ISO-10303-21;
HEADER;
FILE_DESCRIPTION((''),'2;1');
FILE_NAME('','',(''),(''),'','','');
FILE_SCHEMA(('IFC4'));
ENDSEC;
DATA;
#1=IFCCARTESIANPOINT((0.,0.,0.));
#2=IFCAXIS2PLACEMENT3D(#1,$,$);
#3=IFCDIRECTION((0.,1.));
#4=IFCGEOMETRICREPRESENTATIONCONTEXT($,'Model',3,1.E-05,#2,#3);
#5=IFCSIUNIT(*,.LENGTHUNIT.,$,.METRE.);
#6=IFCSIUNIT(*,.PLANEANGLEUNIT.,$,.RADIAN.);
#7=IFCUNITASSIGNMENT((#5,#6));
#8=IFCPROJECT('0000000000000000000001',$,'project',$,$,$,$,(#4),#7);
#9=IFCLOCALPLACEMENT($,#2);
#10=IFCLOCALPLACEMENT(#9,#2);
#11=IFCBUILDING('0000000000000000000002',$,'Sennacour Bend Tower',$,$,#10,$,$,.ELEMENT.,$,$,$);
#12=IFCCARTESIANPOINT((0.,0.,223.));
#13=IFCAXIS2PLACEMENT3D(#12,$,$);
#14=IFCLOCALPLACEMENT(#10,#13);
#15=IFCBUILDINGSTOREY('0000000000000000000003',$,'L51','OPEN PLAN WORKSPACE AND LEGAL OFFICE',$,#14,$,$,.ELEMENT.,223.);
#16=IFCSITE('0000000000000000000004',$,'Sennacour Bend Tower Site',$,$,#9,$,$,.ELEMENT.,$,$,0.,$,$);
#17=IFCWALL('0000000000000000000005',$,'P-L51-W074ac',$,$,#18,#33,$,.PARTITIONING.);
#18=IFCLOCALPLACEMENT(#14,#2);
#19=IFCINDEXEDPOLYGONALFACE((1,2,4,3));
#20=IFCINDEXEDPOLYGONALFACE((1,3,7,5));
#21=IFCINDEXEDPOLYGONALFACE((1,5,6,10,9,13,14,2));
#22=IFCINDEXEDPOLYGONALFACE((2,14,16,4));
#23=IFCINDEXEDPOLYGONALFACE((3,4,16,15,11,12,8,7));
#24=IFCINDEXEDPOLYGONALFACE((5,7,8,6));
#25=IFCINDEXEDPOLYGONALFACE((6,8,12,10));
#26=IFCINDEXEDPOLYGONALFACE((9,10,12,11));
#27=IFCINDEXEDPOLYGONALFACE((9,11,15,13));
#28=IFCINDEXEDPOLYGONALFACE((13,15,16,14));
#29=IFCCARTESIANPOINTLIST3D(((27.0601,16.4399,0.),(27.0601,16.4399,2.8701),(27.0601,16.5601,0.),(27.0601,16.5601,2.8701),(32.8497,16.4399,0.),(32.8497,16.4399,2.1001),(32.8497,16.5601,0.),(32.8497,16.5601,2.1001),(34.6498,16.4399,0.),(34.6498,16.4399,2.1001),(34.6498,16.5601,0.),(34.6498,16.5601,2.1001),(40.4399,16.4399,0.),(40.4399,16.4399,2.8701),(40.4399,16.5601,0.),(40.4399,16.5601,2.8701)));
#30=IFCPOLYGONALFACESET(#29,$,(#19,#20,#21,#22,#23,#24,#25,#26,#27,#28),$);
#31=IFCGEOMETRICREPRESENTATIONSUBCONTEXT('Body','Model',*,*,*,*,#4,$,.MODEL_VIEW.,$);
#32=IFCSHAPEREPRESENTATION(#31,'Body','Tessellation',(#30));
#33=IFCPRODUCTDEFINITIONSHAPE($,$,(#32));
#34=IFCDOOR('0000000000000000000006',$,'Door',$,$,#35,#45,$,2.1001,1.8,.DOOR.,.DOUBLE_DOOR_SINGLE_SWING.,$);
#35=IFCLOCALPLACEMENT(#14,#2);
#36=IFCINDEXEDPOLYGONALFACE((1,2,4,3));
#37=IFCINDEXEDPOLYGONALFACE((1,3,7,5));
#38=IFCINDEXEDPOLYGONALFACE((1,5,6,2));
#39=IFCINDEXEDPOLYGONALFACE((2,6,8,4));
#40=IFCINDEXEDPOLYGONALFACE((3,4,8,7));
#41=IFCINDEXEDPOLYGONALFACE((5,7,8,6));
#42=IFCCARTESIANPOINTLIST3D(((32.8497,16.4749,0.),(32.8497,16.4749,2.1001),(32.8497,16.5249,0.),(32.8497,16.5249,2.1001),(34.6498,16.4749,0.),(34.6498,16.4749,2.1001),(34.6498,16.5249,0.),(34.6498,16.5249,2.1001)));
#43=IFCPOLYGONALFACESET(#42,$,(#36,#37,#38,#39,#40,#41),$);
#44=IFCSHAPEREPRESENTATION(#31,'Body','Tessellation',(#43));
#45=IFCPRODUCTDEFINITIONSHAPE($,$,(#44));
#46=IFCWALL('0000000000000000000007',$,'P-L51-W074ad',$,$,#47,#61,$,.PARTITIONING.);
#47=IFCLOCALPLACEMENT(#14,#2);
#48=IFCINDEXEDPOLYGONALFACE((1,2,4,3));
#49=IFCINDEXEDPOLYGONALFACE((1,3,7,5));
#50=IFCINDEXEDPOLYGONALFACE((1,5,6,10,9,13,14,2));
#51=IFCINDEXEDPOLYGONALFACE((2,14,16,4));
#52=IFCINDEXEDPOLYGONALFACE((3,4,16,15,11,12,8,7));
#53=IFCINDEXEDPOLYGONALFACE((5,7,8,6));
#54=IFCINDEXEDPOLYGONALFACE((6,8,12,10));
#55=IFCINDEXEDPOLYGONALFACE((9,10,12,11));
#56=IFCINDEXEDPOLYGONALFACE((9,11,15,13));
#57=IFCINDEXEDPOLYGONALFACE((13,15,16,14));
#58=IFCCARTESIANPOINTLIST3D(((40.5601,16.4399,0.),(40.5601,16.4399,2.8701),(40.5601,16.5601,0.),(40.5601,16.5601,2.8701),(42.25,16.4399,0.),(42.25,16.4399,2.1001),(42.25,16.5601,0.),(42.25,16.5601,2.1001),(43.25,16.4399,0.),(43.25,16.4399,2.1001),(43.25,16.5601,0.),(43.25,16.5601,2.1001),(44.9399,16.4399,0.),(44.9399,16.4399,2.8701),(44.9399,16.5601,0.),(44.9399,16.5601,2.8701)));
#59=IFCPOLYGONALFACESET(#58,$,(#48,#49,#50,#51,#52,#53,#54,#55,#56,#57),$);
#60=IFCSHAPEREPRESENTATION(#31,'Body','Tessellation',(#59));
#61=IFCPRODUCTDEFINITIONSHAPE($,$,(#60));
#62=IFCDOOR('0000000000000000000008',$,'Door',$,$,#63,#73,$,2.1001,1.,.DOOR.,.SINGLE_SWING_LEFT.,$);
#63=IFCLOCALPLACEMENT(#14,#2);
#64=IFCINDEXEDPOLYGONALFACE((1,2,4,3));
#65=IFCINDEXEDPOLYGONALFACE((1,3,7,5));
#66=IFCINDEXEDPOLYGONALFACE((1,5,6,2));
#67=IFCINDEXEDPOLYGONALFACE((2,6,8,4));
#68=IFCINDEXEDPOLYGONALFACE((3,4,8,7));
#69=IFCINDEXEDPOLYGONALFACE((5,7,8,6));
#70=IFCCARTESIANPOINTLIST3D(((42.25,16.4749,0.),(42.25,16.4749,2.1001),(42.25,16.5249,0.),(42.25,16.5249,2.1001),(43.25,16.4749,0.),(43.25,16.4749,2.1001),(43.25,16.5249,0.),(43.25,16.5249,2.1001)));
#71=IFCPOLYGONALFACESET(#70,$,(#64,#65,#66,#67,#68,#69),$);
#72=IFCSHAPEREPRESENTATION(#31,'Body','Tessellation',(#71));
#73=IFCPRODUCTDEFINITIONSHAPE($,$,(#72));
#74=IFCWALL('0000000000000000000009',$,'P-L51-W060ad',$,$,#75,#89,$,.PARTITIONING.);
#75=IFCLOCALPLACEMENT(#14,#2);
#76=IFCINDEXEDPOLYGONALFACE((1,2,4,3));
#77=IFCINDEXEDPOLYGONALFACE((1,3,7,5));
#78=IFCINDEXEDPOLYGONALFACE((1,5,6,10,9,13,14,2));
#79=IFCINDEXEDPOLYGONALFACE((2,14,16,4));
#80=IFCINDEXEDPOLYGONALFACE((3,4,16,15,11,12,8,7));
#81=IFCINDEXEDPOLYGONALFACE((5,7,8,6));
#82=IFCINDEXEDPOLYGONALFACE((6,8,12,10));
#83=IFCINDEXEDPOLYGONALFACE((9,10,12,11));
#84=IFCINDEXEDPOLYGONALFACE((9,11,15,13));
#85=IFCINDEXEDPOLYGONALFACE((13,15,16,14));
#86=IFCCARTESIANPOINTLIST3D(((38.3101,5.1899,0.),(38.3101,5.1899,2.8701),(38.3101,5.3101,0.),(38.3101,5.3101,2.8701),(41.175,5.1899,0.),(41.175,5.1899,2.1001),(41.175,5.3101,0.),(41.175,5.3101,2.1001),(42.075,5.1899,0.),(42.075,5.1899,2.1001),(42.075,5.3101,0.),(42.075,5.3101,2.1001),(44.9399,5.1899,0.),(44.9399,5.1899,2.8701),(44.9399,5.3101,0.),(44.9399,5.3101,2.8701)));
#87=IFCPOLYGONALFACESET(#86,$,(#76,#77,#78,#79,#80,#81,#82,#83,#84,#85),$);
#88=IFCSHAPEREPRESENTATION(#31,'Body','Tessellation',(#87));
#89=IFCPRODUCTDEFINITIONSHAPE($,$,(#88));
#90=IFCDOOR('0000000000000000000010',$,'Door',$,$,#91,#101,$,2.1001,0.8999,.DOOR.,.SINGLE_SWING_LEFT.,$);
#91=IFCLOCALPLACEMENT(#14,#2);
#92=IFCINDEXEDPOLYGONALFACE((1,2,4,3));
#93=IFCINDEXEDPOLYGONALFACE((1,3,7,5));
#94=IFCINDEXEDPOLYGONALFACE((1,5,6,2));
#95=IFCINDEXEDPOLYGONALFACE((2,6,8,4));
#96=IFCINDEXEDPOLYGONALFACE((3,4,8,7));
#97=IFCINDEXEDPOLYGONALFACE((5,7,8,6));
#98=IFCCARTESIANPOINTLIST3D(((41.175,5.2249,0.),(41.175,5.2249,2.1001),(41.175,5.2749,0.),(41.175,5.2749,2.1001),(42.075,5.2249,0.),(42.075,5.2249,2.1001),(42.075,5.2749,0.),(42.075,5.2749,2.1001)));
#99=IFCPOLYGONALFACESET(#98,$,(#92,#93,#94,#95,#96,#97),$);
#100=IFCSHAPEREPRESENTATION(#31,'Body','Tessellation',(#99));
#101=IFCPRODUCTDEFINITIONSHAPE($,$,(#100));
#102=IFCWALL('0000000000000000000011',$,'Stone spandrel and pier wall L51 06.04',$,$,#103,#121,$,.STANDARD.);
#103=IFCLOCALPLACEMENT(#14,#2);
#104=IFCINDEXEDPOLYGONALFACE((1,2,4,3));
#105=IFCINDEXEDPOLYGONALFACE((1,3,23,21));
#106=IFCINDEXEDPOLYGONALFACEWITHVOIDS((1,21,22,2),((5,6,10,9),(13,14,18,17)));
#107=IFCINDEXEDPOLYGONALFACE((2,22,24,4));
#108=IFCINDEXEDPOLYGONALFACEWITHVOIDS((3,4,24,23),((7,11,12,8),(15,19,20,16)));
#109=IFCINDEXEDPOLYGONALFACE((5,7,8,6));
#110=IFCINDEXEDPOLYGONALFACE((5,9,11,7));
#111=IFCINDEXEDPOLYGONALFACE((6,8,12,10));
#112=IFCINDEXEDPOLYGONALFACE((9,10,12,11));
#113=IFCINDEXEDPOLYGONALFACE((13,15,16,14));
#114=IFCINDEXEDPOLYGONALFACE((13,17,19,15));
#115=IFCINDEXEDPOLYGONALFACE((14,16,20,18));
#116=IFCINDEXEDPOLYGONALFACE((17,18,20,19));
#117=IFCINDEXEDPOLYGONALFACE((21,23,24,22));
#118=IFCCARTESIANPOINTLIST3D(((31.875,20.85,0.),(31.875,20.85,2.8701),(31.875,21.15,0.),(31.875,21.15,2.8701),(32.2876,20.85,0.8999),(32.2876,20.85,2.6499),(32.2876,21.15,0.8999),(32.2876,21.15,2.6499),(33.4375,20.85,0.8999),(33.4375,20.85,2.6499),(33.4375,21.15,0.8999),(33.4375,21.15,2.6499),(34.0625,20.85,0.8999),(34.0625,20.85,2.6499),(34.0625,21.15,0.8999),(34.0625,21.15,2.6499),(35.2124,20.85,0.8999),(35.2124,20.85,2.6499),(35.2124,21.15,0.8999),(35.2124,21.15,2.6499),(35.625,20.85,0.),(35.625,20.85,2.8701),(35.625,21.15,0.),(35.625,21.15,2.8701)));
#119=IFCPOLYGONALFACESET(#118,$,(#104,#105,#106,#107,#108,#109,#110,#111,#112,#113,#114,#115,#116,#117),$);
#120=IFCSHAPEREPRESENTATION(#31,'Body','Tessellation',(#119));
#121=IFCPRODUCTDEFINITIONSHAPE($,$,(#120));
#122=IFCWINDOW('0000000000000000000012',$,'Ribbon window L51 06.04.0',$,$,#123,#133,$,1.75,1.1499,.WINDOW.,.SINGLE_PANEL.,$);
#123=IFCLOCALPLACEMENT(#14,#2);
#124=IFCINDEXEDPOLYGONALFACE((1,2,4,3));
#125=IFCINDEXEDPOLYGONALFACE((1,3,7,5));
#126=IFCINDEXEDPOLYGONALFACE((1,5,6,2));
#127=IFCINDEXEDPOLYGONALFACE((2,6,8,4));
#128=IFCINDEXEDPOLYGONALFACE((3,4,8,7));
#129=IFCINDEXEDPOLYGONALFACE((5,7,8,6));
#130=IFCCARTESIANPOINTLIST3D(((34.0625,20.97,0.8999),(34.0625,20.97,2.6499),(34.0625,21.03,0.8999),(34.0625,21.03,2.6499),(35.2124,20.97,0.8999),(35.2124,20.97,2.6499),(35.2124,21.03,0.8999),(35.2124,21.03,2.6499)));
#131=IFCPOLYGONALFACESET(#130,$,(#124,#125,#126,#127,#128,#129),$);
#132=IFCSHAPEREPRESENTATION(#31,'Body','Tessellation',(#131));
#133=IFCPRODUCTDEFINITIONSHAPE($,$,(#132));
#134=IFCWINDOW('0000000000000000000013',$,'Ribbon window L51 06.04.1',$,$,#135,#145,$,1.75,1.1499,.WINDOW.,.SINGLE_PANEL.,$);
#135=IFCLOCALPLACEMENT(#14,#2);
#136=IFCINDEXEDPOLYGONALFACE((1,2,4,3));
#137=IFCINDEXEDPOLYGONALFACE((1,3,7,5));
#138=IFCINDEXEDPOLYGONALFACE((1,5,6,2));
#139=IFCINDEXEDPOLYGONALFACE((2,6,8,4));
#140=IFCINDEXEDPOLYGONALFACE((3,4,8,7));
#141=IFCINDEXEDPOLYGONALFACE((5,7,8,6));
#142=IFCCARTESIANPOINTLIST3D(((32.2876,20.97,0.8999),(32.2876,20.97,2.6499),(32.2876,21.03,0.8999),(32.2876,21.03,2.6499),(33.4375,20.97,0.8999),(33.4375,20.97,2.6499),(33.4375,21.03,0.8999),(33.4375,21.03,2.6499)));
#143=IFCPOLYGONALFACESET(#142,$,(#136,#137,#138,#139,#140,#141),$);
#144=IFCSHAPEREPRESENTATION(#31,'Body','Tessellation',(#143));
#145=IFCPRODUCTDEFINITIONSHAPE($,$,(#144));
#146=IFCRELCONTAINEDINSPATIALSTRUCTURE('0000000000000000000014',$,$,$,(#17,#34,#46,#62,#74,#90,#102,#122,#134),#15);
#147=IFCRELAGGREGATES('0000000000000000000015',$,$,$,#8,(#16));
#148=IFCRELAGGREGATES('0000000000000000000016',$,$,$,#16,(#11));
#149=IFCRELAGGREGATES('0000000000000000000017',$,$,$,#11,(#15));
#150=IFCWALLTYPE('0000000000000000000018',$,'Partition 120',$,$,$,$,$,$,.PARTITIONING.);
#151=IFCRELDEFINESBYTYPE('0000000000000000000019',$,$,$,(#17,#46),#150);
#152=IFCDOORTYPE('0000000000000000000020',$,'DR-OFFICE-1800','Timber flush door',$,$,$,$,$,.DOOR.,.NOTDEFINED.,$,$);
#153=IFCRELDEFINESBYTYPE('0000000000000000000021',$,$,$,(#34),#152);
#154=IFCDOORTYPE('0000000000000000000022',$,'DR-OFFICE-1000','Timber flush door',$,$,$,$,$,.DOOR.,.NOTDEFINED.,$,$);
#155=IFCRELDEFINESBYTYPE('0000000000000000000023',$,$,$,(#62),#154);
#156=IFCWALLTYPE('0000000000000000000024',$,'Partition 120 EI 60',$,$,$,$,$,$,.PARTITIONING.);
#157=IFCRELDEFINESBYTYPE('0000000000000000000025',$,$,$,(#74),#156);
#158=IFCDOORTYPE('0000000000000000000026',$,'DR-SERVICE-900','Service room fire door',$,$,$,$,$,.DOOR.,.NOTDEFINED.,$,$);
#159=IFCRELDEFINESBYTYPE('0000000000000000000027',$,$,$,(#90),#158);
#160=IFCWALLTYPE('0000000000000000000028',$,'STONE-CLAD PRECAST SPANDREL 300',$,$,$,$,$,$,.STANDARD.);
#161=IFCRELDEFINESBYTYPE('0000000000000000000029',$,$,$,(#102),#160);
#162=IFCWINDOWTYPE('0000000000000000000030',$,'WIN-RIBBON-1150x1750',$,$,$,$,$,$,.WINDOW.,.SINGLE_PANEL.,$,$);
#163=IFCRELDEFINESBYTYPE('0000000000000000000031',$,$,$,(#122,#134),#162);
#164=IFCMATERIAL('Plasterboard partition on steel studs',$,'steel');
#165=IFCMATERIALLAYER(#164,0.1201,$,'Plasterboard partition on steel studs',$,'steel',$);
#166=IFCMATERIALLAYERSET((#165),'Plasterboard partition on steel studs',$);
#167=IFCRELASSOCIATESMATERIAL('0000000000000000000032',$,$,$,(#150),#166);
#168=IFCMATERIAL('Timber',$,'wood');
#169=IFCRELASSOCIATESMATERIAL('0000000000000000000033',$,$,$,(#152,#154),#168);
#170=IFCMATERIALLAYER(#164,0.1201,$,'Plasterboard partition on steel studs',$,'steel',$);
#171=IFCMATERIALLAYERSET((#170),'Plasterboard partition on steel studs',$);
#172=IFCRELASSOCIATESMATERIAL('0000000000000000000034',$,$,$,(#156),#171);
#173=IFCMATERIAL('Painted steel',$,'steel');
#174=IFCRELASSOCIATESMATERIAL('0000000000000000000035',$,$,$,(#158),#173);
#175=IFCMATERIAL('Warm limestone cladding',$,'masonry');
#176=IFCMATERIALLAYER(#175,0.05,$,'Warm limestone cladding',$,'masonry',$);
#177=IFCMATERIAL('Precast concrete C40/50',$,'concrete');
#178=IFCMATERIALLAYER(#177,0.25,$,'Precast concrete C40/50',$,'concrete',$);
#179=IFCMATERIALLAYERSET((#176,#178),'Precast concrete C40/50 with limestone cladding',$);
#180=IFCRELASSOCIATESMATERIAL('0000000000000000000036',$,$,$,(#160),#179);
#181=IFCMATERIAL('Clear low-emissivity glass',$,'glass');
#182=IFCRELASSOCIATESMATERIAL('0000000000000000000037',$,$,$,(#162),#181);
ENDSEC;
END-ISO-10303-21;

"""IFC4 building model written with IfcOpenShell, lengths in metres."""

from ifc_helpers import new_model, si_unit, direction, frame, frame_2d, origin, place, context, subcontext, project, spatial, rectangle, extrude, material, layer, layer_set, type_object, element, fill, save


model = new_model("IFC4")

# Units and contexts
model_context = context("Model", 3, precision=1e-05, world=origin(), true_north=direction((0.0, 1.0)))
body_context = subcontext(model_context, "Body", "Model", "MODEL_VIEW")
ifc_project = project(units=[si_unit("LENGTHUNIT", "METRE"), si_unit("PLANEANGLEUNIT", "RADIAN")], contexts=[model_context])

# Site, building, storey
site_placement = place(None, origin())
site = spatial("IfcSite", under=ifc_project, at=site_placement, Name="Sennacour Bend Tower Site", CompositionType="ELEMENT", RefElevation=0.0)
building_placement = place(site_placement, origin())
building = spatial("IfcBuilding", under=site, at=building_placement, Name="Sennacour Bend Tower", CompositionType="ELEMENT")
storey_placement = place(building_placement, frame((0.0, 0.0, 223.0)))
storey = spatial("IfcBuildingStorey", under=building, at=storey_placement, Name="L51", Description="OPEN PLAN WORKSPACE AND LEGAL OFFICE", CompositionType="ELEMENT", Elevation=223.0)

# Shared definitions
ifc_material_1 = material(Name="Plasterboard partition on steel studs", Category="steel")
ifc_layer_1 = layer(ifc_material_1, 0.1201, Name="Plasterboard partition on steel studs", Category="steel")
ifc_layer_set_1 = layer_set([ifc_layer_1], Name="Plasterboard partition on steel studs")
wall_type_1 = type_object("IfcWallType", Name="Partition 120", PredefinedType="PARTITIONING", material=ifc_layer_set_1)

# Shared definitions
ifc_material_2 = material(Name="Timber", Category="wood")

# Walls, openings, doors
wall_1_placement = place(storey_placement, frame((27.0601, 16.5, 0.0), z_axis=(0.0, 0.0, 1.0), x_axis=(1.0, 0.0, 0.0)))
wall_1 = element("IfcWall", 1, at=wall_1_placement, inside=storey, type_object=wall_type_1, Name="P-L51-W074ac", PredefinedType="PARTITIONING", context=body_context, shape_type="SweptSolid", body=[
    extrude(rectangle(XDim=13.3799, YDim=0.1201, at=frame_2d((6.6899, 0.0))), origin(), (0.0, 0.0, 1.0), 2.8701),
])
opening_1_placement = place(wall_1_placement, frame((5.7898, 0.0, 0.0)))
opening_1 = element("IfcOpeningElement", 2, at=opening_1_placement, cuts=wall_1, PredefinedType="OPENING", context=body_context, shape_type="SweptSolid", body=[
    extrude(rectangle(XDim=1.8, YDim=2.1001, at=frame_2d((0.8999, 1.05))), frame((0.0, 0.0701, 0.0), z_axis=(0.0, -1.0, 0.0), x_axis=(1.0, 0.0, 0.0)), (0.0, 0.0, 1.0), 0.1401),
])
door_type_1 = type_object("IfcDoorType", Name="DR-OFFICE-1800", Description="Timber flush door", OperationType="NOTDEFINED", PredefinedType="DOOR", material=ifc_material_2)
door_1_placement = place(opening_1_placement, origin())
door_1 = element("IfcDoor", 3, at=door_1_placement, inside=storey, type_object=door_type_1, Name="Door", OperationType="DOUBLE_DOOR_SINGLE_SWING", OverallHeight=2.1001, OverallWidth=1.8, PredefinedType="DOOR", context=body_context, shape_type="SweptSolid", body=[
    extrude(rectangle(XDim=1.8, YDim=2.1001, at=frame_2d((0.8999, 1.05))), frame((0.0, 0.0249, 0.0), z_axis=(0.0, -1.0, 0.0), x_axis=(1.0, 0.0, 0.0)), (0.0, 0.0, 1.0), 0.05),
])
fill(opening_1, door_1)
wall_2_placement = place(storey_placement, frame((40.5601, 16.5, 0.0), z_axis=(0.0, 0.0, 1.0), x_axis=(1.0, 0.0, 0.0)))
wall_2 = element("IfcWall", 4, at=wall_2_placement, inside=storey, type_object=wall_type_1, Name="P-L51-W074ad", PredefinedType="PARTITIONING", context=body_context, shape_type="SweptSolid", body=[
    extrude(rectangle(XDim=4.3799, YDim=0.1201, at=frame_2d((2.1899, 0.0))), origin(), (0.0, 0.0, 1.0), 2.8701),
])
opening_2_placement = place(wall_2_placement, frame((1.6899, 0.0, 0.0)))
opening_2 = element("IfcOpeningElement", 5, at=opening_2_placement, cuts=wall_2, PredefinedType="OPENING", context=body_context, shape_type="SweptSolid", body=[
    extrude(rectangle(XDim=1.0, YDim=2.1001, at=frame_2d((0.5, 1.05))), frame((0.0, 0.0701, 0.0), z_axis=(0.0, -1.0, 0.0), x_axis=(1.0, 0.0, 0.0)), (0.0, 0.0, 1.0), 0.1401),
])
door_type_2 = type_object("IfcDoorType", Name="DR-OFFICE-1000", Description="Timber flush door", OperationType="NOTDEFINED", PredefinedType="DOOR", material=ifc_material_2)
door_2_placement = place(opening_2_placement, origin())
door_2 = element("IfcDoor", 6, at=door_2_placement, inside=storey, type_object=door_type_2, Name="Door", OperationType="SINGLE_SWING_LEFT", OverallHeight=2.1001, OverallWidth=1.0, PredefinedType="DOOR", context=body_context, shape_type="SweptSolid", body=[
    extrude(rectangle(XDim=1.0, YDim=2.1001, at=frame_2d((0.5, 1.05))), frame((0.0, 0.0249, 0.0), z_axis=(0.0, -1.0, 0.0), x_axis=(1.0, 0.0, 0.0)), (0.0, 0.0, 1.0), 0.05),
])
fill(opening_2, door_2)
ifc_layer_2 = layer(ifc_material_1, 0.1201, Name="Plasterboard partition on steel studs", Category="steel")
ifc_layer_set_2 = layer_set([ifc_layer_2], Name="Plasterboard partition on steel studs")
wall_type_2 = type_object("IfcWallType", Name="Partition 120 EI 60", PredefinedType="PARTITIONING", material=ifc_layer_set_2)
wall_3_placement = place(storey_placement, frame((38.3101, 5.25, 0.0), z_axis=(0.0, 0.0, 1.0), x_axis=(1.0, 0.0, 0.0)))
wall_3 = element("IfcWall", 7, at=wall_3_placement, inside=storey, type_object=wall_type_2, Name="P-L51-W060ad", PredefinedType="PARTITIONING", context=body_context, shape_type="SweptSolid", body=[
    extrude(rectangle(XDim=6.6299, YDim=0.1201, at=frame_2d((3.3149, 0.0))), origin(), (0.0, 0.0, 1.0), 2.8701),
])
opening_3_placement = place(wall_3_placement, frame((2.865, 0.0, 0.0)))
opening_3 = element("IfcOpeningElement", 8, at=opening_3_placement, cuts=wall_3, PredefinedType="OPENING", context=body_context, shape_type="SweptSolid", body=[
    extrude(rectangle(XDim=0.8999, YDim=2.1001, at=frame_2d((0.45, 1.05))), frame((0.0, 0.0701, 0.0), z_axis=(0.0, -1.0, 0.0), x_axis=(1.0, 0.0, 0.0)), (0.0, 0.0, 1.0), 0.1401),
])
ifc_material_3 = material(Name="Painted steel", Category="steel")
door_type_3 = type_object("IfcDoorType", Name="DR-SERVICE-900", Description="Service room fire door", OperationType="NOTDEFINED", PredefinedType="DOOR", material=ifc_material_3)
door_3_placement = place(opening_3_placement, origin())
door_3 = element("IfcDoor", 9, at=door_3_placement, inside=storey, type_object=door_type_3, Name="Door", OperationType="SINGLE_SWING_LEFT", OverallHeight=2.1001, OverallWidth=0.8999, PredefinedType="DOOR", context=body_context, shape_type="SweptSolid", body=[
    extrude(rectangle(XDim=0.8999, YDim=2.1001, at=frame_2d((0.45, 1.05))), frame((0.0, 0.0249, 0.0), z_axis=(0.0, -1.0, 0.0), x_axis=(1.0, 0.0, 0.0)), (0.0, 0.0, 1.0), 0.05),
])
fill(opening_3, door_3)

# Wall, openings, windows
ifc_material_4 = material(Name="Warm limestone cladding", Category="masonry")
ifc_layer_3 = layer(ifc_material_4, 0.05, Name="Warm limestone cladding", Category="masonry")
ifc_material_5 = material(Name="Precast concrete C40/50", Category="concrete")
ifc_layer_4 = layer(ifc_material_5, 0.25, Name="Precast concrete C40/50", Category="concrete")
ifc_layer_set_3 = layer_set([ifc_layer_3, ifc_layer_4], Name="Precast concrete C40/50 with limestone cladding")
wall_type_3 = type_object("IfcWallType", Name="STONE-CLAD PRECAST SPANDREL 300", PredefinedType="STANDARD", material=ifc_layer_set_3)
wall_4_placement = place(storey_placement, frame((35.625, 21.0, 0.0), z_axis=(0.0, 0.0, 1.0), x_axis=(-1.0, 0.0, 0.0)))
wall_4 = element("IfcWall", 10, at=wall_4_placement, inside=storey, type_object=wall_type_3, Name="Stone spandrel and pier wall L51 06.04", PredefinedType="STANDARD", context=body_context, shape_type="SweptSolid", body=[
    extrude(rectangle(XDim=3.75, YDim=0.3, at=frame_2d((1.875, 0.0))), origin(), (0.0, 0.0, 1.0), 2.8701),
])
opening_4_placement = place(wall_4_placement, frame((0.4126, 0.0, 0.8999)))
opening_4 = element("IfcOpeningElement", 11, at=opening_4_placement, cuts=wall_4, PredefinedType="OPENING", context=body_context, shape_type="SweptSolid", body=[
    extrude(rectangle(XDim=1.1499, YDim=1.75, at=frame_2d((0.575, 0.875))), frame((0.0, 0.1602, 0.0), z_axis=(0.0, -1.0, 0.0), x_axis=(1.0, 0.0, 0.0)), (0.0, 0.0, 1.0), 0.3201),
])
opening_5_placement = place(wall_4_placement, frame((2.1875, 0.0, 0.8999)))
opening_5 = element("IfcOpeningElement", 12, at=opening_5_placement, cuts=wall_4, PredefinedType="OPENING", context=body_context, shape_type="SweptSolid", body=[
    extrude(rectangle(XDim=1.1499, YDim=1.75, at=frame_2d((0.575, 0.875))), frame((0.0, 0.1602, 0.0), z_axis=(0.0, -1.0, 0.0), x_axis=(1.0, 0.0, 0.0)), (0.0, 0.0, 1.0), 0.3201),
])
ifc_material_6 = material(Name="Clear low-emissivity glass", Category="glass")
window_type_1 = type_object("IfcWindowType", Name="WIN-RIBBON-1150x1750", PartitioningType="SINGLE_PANEL", PredefinedType="WINDOW", material=ifc_material_6)
window_1_placement = place(opening_4_placement, origin())
window_1 = element("IfcWindow", 13, at=window_1_placement, inside=storey, type_object=window_type_1, Name="Ribbon window L51 06.04.0", OverallHeight=1.75, OverallWidth=1.1499, PartitioningType="SINGLE_PANEL", PredefinedType="WINDOW", context=body_context, shape_type="SweptSolid", body=[
    extrude(rectangle(XDim=1.1499, YDim=1.75, at=frame_2d((0.575, 0.875))), frame((0.0, 0.03, 0.0), z_axis=(0.0, -1.0, 0.0), x_axis=(1.0, 0.0, 0.0)), (0.0, 0.0, 1.0), 0.0601),
])
fill(opening_4, window_1)
window_2_placement = place(opening_5_placement, origin())
window_2 = element("IfcWindow", 14, at=window_2_placement, inside=storey, type_object=window_type_1, Name="Ribbon window L51 06.04.1", OverallHeight=1.75, OverallWidth=1.1499, PartitioningType="SINGLE_PANEL", PredefinedType="WINDOW", context=body_context, shape_type="SweptSolid", body=[
    extrude(rectangle(XDim=1.1499, YDim=1.75, at=frame_2d((0.575, 0.875))), frame((0.0, 0.03, 0.0), z_axis=(0.0, -1.0, 0.0), x_axis=(1.0, 0.0, 0.0)), (0.0, 0.0, 1.0), 0.0601),
])
fill(opening_5, window_2)

save(model, "model.ifc")
